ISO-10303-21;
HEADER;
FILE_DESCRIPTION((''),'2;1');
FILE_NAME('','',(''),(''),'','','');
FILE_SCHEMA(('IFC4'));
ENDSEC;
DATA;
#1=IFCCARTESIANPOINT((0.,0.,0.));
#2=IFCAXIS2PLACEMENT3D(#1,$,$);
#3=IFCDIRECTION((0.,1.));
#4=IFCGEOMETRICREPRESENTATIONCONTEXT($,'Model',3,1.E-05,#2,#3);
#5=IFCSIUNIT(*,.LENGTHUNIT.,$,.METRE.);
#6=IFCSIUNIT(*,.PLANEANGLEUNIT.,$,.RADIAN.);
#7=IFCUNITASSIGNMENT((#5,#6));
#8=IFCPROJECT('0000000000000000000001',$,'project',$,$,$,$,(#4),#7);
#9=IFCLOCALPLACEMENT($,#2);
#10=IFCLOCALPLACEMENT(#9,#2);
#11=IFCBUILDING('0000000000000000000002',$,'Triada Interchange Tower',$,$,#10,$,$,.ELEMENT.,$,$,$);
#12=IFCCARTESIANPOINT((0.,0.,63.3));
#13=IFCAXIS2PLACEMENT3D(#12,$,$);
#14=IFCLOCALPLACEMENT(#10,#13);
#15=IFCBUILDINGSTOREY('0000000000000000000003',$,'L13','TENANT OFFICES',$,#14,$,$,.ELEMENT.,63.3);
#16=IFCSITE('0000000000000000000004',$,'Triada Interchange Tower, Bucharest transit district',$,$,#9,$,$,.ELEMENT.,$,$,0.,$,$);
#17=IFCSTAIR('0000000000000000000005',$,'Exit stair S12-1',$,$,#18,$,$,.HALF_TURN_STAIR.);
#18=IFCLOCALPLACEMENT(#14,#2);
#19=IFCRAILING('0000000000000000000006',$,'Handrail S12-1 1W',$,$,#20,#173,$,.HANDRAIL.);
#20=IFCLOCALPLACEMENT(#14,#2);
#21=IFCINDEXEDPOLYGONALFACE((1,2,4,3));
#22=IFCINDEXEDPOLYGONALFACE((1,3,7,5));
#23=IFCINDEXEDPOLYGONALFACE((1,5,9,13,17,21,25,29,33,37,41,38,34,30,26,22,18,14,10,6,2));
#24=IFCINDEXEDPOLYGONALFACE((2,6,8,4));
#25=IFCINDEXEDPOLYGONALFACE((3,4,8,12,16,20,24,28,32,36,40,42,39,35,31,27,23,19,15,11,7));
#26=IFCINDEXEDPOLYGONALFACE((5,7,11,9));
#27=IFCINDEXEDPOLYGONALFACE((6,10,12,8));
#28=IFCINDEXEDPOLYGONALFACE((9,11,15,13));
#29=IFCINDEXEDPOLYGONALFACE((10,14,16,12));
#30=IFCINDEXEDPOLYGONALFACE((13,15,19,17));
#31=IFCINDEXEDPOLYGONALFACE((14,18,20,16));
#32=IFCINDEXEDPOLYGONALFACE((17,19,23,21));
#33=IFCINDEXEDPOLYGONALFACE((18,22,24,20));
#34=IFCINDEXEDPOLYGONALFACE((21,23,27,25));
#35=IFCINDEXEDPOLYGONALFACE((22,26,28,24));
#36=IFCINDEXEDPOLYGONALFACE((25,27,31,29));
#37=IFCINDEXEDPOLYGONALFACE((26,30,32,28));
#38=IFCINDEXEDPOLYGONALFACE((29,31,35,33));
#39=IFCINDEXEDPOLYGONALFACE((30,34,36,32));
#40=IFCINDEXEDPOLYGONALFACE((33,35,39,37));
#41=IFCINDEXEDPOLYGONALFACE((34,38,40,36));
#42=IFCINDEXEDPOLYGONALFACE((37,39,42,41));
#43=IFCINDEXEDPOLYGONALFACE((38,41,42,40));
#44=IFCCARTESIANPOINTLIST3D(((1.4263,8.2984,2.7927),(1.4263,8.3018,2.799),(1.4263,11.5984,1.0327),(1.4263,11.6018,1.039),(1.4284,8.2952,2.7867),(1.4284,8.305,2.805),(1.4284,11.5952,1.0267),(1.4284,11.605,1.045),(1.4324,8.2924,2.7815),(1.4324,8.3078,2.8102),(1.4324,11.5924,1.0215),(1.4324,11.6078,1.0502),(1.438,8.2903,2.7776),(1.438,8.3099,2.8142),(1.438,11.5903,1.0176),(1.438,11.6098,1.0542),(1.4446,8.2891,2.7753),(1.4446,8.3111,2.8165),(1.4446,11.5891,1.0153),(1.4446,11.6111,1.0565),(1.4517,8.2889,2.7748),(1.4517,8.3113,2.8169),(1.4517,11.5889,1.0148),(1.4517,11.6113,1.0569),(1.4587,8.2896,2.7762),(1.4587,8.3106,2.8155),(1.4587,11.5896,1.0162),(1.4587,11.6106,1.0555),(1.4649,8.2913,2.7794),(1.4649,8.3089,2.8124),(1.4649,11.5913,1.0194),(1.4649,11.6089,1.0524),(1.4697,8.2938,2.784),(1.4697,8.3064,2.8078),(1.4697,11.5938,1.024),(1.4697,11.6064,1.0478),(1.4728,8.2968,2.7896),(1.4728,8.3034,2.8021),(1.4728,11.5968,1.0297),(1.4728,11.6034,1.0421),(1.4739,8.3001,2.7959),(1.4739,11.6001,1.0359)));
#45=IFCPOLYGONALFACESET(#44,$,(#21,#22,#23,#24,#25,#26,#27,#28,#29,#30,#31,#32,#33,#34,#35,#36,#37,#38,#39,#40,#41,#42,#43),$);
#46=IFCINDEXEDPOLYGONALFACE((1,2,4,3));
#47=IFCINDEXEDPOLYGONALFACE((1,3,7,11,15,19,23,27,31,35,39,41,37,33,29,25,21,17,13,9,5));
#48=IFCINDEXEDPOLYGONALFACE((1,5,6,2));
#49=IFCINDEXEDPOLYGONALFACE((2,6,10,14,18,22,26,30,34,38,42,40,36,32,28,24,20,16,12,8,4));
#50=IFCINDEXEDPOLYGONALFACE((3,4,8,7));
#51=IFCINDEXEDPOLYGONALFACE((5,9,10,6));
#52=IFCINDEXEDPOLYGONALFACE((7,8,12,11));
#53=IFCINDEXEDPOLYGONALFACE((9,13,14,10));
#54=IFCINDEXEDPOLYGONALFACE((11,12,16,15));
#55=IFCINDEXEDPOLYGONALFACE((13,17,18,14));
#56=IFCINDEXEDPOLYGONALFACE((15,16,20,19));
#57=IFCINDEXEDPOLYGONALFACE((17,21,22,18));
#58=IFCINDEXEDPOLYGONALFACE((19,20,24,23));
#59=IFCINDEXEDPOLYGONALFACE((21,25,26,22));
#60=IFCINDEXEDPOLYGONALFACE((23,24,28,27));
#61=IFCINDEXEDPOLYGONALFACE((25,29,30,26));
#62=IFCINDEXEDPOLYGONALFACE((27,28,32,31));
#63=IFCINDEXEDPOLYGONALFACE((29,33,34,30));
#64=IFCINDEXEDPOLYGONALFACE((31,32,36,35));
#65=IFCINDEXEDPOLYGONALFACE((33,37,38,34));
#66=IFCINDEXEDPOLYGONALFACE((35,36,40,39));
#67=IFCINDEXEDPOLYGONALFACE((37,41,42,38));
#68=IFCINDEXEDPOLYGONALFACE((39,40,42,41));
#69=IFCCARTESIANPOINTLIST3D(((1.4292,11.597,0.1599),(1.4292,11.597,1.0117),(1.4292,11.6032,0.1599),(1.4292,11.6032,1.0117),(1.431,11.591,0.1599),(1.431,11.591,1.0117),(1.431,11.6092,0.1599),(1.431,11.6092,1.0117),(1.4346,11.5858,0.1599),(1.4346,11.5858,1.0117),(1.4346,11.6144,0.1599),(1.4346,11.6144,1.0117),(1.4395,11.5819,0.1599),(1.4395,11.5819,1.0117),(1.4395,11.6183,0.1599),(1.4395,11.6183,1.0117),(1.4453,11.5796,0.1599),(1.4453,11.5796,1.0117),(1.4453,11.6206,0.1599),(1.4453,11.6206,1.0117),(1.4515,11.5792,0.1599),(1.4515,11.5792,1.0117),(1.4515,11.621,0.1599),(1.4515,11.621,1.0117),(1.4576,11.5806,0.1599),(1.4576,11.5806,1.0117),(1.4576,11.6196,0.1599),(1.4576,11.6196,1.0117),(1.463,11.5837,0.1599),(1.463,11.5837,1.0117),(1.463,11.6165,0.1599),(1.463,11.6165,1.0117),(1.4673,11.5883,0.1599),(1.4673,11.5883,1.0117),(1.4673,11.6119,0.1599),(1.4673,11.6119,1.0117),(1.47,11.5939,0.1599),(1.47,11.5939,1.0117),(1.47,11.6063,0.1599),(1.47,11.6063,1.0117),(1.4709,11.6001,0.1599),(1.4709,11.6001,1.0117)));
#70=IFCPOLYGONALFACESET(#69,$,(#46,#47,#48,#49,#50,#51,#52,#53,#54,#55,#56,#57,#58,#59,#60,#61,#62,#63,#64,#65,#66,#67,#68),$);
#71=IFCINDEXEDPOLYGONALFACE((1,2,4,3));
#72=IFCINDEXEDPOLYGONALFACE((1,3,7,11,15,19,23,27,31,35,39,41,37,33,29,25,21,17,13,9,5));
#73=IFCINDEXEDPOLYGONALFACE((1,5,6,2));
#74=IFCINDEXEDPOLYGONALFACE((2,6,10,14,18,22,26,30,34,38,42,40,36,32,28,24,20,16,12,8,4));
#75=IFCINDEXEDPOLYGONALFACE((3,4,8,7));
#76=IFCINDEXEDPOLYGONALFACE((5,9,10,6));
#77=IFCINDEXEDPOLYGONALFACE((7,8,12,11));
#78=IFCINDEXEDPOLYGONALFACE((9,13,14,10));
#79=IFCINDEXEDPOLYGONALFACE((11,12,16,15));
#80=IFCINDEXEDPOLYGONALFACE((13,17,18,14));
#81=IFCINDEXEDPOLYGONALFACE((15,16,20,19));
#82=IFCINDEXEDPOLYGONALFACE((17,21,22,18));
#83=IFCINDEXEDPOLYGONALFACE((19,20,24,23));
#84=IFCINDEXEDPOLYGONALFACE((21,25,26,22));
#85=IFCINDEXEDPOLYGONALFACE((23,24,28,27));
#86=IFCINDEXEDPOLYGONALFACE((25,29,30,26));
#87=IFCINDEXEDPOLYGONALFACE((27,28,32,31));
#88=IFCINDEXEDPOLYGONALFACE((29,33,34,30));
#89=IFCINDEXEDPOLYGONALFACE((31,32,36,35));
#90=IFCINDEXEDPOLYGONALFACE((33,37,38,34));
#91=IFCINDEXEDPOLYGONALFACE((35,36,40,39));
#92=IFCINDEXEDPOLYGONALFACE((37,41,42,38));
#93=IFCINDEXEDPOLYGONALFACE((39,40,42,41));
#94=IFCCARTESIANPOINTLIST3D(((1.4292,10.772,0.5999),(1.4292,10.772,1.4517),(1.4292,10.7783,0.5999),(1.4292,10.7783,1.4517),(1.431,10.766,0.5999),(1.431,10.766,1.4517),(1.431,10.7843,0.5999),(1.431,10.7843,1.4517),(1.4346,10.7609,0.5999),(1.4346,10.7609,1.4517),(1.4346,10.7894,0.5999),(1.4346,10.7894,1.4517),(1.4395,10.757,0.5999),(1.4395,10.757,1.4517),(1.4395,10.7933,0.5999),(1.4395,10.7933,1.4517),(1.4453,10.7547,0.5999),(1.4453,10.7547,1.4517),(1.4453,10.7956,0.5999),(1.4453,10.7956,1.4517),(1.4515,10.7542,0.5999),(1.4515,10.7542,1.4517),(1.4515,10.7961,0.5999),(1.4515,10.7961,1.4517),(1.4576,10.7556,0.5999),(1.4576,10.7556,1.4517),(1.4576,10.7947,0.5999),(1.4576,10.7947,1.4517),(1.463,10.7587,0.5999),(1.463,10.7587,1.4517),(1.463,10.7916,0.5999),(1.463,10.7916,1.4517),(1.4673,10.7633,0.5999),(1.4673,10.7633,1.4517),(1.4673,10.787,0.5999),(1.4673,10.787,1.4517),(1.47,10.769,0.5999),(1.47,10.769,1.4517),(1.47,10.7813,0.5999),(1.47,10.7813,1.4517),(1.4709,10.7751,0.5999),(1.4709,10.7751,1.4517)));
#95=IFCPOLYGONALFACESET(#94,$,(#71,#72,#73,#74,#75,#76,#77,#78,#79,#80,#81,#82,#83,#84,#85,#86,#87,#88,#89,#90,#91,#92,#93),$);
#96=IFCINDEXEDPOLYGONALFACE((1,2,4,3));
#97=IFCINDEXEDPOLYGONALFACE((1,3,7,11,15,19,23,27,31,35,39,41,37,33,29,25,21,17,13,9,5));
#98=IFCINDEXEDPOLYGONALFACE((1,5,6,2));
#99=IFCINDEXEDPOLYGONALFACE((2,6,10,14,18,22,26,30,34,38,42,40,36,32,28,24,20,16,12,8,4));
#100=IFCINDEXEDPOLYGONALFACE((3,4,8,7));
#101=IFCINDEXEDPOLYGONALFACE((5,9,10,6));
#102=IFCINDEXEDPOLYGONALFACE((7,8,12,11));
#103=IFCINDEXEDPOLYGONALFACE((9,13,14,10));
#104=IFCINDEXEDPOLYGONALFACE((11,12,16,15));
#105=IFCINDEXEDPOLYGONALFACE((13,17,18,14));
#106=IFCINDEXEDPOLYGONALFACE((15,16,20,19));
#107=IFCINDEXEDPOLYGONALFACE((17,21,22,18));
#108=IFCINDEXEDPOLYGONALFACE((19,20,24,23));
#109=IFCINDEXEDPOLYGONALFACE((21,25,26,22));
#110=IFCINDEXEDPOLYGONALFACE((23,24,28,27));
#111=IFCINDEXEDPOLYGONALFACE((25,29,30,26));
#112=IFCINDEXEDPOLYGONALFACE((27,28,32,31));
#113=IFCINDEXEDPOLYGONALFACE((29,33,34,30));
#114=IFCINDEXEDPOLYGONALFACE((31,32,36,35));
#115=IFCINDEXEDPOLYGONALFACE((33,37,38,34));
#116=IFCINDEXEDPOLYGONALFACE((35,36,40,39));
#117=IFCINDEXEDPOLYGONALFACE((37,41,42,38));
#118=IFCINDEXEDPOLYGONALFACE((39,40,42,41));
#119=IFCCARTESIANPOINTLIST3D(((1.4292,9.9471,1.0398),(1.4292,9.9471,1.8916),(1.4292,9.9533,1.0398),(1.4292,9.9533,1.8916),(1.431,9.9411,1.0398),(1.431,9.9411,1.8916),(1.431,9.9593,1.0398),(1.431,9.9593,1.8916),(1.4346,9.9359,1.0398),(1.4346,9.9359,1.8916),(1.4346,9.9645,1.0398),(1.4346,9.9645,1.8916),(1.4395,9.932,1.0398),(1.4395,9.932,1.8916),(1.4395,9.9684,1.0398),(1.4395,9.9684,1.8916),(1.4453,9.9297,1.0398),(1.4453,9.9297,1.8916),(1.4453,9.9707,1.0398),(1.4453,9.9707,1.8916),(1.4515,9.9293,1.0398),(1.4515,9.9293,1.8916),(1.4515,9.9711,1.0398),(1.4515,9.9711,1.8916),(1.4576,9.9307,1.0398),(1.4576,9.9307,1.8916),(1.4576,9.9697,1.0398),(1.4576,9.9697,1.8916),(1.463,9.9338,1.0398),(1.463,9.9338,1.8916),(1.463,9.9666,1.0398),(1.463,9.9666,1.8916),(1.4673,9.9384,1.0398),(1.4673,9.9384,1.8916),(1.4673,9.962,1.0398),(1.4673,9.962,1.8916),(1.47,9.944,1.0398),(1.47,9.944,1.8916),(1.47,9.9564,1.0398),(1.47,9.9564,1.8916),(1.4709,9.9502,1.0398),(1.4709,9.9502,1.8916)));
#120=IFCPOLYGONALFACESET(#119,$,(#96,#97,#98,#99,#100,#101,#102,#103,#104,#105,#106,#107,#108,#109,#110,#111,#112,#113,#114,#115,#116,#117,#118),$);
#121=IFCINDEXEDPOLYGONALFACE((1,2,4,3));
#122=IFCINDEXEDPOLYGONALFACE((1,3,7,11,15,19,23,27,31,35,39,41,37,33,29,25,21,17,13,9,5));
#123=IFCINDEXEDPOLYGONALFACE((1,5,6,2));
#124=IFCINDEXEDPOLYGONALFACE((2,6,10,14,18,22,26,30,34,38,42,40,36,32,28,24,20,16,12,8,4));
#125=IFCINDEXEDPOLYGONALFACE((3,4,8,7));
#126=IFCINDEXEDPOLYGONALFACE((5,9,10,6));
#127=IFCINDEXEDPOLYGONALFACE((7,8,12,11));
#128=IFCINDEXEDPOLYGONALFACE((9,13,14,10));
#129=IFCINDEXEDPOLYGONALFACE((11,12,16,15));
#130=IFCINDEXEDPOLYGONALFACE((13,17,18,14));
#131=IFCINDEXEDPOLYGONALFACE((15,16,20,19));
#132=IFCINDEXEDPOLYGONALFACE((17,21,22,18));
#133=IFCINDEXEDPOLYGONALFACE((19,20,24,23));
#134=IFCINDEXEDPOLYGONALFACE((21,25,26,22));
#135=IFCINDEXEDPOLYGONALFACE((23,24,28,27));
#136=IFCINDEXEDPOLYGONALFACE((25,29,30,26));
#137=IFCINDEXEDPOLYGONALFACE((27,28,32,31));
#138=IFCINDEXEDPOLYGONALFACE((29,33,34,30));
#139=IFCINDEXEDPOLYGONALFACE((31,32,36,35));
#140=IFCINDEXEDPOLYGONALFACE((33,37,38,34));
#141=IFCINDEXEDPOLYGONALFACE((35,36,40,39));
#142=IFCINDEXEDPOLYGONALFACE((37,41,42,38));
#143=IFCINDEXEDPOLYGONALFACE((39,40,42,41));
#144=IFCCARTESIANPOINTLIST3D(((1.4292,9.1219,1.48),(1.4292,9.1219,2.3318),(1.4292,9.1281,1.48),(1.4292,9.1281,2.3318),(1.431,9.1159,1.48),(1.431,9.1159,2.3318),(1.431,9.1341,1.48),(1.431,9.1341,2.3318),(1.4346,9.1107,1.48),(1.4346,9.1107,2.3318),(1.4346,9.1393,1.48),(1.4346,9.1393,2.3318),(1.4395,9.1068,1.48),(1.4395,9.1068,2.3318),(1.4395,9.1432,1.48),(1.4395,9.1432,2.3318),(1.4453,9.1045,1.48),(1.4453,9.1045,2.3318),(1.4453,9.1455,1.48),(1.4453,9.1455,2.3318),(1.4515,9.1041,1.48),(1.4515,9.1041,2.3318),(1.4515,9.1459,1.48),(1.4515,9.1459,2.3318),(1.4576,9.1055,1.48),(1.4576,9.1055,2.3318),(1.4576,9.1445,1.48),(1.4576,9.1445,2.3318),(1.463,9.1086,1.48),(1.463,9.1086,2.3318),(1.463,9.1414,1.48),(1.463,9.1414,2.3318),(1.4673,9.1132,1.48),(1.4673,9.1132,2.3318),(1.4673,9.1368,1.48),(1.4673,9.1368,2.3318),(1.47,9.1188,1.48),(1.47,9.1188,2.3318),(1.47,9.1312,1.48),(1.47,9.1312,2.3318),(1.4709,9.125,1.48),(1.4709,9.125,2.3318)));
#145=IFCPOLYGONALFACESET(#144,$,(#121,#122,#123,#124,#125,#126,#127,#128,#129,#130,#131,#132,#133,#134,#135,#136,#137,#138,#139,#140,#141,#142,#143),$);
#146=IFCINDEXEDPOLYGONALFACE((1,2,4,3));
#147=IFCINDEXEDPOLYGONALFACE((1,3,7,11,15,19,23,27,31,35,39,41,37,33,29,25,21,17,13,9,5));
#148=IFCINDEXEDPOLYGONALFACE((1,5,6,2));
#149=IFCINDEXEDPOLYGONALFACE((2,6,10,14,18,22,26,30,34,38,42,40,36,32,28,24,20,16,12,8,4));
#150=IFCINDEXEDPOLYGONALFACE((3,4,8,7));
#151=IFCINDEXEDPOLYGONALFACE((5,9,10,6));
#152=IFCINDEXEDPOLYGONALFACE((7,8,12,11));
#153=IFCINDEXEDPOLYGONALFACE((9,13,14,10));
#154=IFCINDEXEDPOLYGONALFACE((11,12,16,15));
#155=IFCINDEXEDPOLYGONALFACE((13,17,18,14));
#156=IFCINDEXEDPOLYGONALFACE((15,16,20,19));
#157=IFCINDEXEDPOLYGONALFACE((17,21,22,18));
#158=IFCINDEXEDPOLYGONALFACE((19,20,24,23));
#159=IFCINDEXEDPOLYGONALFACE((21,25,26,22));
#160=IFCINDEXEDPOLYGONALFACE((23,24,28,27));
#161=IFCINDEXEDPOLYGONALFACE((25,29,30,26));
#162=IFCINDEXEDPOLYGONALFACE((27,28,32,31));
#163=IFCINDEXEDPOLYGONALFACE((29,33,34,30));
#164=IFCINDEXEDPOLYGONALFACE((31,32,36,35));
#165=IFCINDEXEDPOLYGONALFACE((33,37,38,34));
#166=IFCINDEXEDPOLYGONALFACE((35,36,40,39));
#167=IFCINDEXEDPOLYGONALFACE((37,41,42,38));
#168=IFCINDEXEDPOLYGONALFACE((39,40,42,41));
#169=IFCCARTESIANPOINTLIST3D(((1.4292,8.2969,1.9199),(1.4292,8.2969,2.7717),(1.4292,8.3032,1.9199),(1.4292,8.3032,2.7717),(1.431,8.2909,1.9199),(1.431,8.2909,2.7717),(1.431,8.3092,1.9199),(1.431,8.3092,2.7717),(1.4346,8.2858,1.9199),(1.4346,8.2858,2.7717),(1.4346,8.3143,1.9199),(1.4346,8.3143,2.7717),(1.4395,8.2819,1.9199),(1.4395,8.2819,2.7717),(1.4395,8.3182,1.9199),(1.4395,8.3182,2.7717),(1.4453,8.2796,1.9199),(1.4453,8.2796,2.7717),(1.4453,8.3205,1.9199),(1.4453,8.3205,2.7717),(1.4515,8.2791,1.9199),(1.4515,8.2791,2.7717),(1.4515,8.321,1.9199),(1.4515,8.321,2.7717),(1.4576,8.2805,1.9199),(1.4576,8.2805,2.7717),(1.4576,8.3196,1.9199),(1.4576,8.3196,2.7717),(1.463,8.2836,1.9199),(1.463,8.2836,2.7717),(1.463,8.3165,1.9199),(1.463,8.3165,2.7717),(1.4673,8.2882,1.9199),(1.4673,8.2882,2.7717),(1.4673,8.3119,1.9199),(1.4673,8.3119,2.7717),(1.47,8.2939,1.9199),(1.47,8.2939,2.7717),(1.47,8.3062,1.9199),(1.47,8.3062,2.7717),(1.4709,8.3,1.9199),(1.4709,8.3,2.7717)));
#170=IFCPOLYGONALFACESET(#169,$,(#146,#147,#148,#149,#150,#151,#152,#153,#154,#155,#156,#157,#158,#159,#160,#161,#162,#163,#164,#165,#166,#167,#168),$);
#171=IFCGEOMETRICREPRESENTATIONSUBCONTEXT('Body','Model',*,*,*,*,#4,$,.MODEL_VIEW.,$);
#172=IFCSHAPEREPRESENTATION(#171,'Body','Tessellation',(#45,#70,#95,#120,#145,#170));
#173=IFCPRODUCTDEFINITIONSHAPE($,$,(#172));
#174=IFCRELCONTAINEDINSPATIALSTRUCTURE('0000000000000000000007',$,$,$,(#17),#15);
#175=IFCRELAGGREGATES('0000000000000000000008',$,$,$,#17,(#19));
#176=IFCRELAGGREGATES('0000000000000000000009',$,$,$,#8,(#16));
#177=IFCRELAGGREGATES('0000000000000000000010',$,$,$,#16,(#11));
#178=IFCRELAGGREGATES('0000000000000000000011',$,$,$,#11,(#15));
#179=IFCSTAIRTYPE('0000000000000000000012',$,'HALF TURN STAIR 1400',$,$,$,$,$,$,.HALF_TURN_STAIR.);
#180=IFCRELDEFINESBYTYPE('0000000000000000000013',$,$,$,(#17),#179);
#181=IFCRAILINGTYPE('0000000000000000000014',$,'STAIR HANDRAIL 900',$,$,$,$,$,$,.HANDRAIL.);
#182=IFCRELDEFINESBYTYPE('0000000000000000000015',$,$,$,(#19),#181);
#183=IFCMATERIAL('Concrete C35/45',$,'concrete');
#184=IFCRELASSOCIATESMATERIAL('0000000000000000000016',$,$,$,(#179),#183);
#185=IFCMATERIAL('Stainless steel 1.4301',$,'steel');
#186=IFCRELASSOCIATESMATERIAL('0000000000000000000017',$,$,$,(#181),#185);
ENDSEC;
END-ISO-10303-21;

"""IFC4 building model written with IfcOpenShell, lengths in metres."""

from ifc_helpers import new_model, si_unit, direction, frame, origin, origin_2d, place, context, subcontext, project, spatial, circle, extrude, material, type_object, element, aggregate, save


model = new_model("IFC4")

# Units and contexts
model_context = context("Model", 3, precision=1e-05, world=origin(), true_north=direction((0.0, 1.0)))
body_context = subcontext(model_context, "Body", "Model", "MODEL_VIEW")
ifc_project = project(units=[si_unit("LENGTHUNIT", "METRE"), si_unit("PLANEANGLEUNIT", "RADIAN")], contexts=[model_context])

# Site, building, storey
site_placement = place(None, origin())
site = spatial("IfcSite", under=ifc_project, at=site_placement, Name="Triada Interchange Tower, Bucharest transit district", CompositionType="ELEMENT", RefElevation=0.0)
building_placement = place(site_placement, origin())
building = spatial("IfcBuilding", under=site, at=building_placement, Name="Triada Interchange Tower", CompositionType="ELEMENT")
storey_placement = place(building_placement, frame((0.0, 0.0, 63.3)))
storey = spatial("IfcBuildingStorey", under=building, at=storey_placement, Name="L13", Description="TENANT OFFICES", CompositionType="ELEMENT", Elevation=63.3)

# Stair
ifc_material_1 = material(Name="Concrete C35/45", Category="concrete")
stair_type = type_object("IfcStairType", Name="HALF TURN STAIR 1400", PredefinedType="HALF_TURN_STAIR", material=ifc_material_1)
stair_1_placement = place(storey_placement, origin())
stair_1 = element("IfcStair", 1, at=stair_1_placement, inside=storey, type_object=stair_type, Name="Exit stair S12-1", PredefinedType="HALF_TURN_STAIR")

# Railing
ifc_material_2 = material(Name="Stainless steel 1.4301", Category="steel")
railing_type = type_object("IfcRailingType", Name="STAIR HANDRAIL 900", PredefinedType="HANDRAIL", material=ifc_material_2)
railing_1_placement = place(storey_placement, frame((1.45, 11.6001, 0.1599)))
railing_1 = element("IfcRailing", 2, at=railing_1_placement, type_object=railing_type, Name="Handrail S12-1 1W", PredefinedType="HANDRAIL", context=body_context, shape_type="SweptSolid", body=[
    extrude(circle(Radius=0.0239, at=origin_2d()), frame((0.0, 0.0, 0.876), z_axis=(0.0, -0.882355, 0.470585), x_axis=(1.0, 0.0, 0.0)), (0.0, 0.0, 1.0), 3.74),
    extrude(circle(Radius=0.021, at=origin_2d()), origin(), (0.0, 0.0, 1.0), 0.8518),
    extrude(circle(Radius=0.021, at=origin_2d()), frame((0.0, -0.825, 0.4399)), (0.0, 0.0, 1.0), 0.8518),
    extrude(circle(Radius=0.021, at=origin_2d()), frame((0.0, -1.6499, 0.8799)), (0.0, 0.0, 1.0), 0.8518),
    extrude(circle(Radius=0.021, at=origin_2d()), frame((0.0, -2.4751, 1.3201)), (0.0, 0.0, 1.0), 0.8518),
    extrude(circle(Radius=0.021, at=origin_2d()), frame((0.0, -3.3, 1.76)), (0.0, 0.0, 1.0), 0.8518),
])
aggregate(stair_1, [railing_1])

save(model, "model.ifc")
